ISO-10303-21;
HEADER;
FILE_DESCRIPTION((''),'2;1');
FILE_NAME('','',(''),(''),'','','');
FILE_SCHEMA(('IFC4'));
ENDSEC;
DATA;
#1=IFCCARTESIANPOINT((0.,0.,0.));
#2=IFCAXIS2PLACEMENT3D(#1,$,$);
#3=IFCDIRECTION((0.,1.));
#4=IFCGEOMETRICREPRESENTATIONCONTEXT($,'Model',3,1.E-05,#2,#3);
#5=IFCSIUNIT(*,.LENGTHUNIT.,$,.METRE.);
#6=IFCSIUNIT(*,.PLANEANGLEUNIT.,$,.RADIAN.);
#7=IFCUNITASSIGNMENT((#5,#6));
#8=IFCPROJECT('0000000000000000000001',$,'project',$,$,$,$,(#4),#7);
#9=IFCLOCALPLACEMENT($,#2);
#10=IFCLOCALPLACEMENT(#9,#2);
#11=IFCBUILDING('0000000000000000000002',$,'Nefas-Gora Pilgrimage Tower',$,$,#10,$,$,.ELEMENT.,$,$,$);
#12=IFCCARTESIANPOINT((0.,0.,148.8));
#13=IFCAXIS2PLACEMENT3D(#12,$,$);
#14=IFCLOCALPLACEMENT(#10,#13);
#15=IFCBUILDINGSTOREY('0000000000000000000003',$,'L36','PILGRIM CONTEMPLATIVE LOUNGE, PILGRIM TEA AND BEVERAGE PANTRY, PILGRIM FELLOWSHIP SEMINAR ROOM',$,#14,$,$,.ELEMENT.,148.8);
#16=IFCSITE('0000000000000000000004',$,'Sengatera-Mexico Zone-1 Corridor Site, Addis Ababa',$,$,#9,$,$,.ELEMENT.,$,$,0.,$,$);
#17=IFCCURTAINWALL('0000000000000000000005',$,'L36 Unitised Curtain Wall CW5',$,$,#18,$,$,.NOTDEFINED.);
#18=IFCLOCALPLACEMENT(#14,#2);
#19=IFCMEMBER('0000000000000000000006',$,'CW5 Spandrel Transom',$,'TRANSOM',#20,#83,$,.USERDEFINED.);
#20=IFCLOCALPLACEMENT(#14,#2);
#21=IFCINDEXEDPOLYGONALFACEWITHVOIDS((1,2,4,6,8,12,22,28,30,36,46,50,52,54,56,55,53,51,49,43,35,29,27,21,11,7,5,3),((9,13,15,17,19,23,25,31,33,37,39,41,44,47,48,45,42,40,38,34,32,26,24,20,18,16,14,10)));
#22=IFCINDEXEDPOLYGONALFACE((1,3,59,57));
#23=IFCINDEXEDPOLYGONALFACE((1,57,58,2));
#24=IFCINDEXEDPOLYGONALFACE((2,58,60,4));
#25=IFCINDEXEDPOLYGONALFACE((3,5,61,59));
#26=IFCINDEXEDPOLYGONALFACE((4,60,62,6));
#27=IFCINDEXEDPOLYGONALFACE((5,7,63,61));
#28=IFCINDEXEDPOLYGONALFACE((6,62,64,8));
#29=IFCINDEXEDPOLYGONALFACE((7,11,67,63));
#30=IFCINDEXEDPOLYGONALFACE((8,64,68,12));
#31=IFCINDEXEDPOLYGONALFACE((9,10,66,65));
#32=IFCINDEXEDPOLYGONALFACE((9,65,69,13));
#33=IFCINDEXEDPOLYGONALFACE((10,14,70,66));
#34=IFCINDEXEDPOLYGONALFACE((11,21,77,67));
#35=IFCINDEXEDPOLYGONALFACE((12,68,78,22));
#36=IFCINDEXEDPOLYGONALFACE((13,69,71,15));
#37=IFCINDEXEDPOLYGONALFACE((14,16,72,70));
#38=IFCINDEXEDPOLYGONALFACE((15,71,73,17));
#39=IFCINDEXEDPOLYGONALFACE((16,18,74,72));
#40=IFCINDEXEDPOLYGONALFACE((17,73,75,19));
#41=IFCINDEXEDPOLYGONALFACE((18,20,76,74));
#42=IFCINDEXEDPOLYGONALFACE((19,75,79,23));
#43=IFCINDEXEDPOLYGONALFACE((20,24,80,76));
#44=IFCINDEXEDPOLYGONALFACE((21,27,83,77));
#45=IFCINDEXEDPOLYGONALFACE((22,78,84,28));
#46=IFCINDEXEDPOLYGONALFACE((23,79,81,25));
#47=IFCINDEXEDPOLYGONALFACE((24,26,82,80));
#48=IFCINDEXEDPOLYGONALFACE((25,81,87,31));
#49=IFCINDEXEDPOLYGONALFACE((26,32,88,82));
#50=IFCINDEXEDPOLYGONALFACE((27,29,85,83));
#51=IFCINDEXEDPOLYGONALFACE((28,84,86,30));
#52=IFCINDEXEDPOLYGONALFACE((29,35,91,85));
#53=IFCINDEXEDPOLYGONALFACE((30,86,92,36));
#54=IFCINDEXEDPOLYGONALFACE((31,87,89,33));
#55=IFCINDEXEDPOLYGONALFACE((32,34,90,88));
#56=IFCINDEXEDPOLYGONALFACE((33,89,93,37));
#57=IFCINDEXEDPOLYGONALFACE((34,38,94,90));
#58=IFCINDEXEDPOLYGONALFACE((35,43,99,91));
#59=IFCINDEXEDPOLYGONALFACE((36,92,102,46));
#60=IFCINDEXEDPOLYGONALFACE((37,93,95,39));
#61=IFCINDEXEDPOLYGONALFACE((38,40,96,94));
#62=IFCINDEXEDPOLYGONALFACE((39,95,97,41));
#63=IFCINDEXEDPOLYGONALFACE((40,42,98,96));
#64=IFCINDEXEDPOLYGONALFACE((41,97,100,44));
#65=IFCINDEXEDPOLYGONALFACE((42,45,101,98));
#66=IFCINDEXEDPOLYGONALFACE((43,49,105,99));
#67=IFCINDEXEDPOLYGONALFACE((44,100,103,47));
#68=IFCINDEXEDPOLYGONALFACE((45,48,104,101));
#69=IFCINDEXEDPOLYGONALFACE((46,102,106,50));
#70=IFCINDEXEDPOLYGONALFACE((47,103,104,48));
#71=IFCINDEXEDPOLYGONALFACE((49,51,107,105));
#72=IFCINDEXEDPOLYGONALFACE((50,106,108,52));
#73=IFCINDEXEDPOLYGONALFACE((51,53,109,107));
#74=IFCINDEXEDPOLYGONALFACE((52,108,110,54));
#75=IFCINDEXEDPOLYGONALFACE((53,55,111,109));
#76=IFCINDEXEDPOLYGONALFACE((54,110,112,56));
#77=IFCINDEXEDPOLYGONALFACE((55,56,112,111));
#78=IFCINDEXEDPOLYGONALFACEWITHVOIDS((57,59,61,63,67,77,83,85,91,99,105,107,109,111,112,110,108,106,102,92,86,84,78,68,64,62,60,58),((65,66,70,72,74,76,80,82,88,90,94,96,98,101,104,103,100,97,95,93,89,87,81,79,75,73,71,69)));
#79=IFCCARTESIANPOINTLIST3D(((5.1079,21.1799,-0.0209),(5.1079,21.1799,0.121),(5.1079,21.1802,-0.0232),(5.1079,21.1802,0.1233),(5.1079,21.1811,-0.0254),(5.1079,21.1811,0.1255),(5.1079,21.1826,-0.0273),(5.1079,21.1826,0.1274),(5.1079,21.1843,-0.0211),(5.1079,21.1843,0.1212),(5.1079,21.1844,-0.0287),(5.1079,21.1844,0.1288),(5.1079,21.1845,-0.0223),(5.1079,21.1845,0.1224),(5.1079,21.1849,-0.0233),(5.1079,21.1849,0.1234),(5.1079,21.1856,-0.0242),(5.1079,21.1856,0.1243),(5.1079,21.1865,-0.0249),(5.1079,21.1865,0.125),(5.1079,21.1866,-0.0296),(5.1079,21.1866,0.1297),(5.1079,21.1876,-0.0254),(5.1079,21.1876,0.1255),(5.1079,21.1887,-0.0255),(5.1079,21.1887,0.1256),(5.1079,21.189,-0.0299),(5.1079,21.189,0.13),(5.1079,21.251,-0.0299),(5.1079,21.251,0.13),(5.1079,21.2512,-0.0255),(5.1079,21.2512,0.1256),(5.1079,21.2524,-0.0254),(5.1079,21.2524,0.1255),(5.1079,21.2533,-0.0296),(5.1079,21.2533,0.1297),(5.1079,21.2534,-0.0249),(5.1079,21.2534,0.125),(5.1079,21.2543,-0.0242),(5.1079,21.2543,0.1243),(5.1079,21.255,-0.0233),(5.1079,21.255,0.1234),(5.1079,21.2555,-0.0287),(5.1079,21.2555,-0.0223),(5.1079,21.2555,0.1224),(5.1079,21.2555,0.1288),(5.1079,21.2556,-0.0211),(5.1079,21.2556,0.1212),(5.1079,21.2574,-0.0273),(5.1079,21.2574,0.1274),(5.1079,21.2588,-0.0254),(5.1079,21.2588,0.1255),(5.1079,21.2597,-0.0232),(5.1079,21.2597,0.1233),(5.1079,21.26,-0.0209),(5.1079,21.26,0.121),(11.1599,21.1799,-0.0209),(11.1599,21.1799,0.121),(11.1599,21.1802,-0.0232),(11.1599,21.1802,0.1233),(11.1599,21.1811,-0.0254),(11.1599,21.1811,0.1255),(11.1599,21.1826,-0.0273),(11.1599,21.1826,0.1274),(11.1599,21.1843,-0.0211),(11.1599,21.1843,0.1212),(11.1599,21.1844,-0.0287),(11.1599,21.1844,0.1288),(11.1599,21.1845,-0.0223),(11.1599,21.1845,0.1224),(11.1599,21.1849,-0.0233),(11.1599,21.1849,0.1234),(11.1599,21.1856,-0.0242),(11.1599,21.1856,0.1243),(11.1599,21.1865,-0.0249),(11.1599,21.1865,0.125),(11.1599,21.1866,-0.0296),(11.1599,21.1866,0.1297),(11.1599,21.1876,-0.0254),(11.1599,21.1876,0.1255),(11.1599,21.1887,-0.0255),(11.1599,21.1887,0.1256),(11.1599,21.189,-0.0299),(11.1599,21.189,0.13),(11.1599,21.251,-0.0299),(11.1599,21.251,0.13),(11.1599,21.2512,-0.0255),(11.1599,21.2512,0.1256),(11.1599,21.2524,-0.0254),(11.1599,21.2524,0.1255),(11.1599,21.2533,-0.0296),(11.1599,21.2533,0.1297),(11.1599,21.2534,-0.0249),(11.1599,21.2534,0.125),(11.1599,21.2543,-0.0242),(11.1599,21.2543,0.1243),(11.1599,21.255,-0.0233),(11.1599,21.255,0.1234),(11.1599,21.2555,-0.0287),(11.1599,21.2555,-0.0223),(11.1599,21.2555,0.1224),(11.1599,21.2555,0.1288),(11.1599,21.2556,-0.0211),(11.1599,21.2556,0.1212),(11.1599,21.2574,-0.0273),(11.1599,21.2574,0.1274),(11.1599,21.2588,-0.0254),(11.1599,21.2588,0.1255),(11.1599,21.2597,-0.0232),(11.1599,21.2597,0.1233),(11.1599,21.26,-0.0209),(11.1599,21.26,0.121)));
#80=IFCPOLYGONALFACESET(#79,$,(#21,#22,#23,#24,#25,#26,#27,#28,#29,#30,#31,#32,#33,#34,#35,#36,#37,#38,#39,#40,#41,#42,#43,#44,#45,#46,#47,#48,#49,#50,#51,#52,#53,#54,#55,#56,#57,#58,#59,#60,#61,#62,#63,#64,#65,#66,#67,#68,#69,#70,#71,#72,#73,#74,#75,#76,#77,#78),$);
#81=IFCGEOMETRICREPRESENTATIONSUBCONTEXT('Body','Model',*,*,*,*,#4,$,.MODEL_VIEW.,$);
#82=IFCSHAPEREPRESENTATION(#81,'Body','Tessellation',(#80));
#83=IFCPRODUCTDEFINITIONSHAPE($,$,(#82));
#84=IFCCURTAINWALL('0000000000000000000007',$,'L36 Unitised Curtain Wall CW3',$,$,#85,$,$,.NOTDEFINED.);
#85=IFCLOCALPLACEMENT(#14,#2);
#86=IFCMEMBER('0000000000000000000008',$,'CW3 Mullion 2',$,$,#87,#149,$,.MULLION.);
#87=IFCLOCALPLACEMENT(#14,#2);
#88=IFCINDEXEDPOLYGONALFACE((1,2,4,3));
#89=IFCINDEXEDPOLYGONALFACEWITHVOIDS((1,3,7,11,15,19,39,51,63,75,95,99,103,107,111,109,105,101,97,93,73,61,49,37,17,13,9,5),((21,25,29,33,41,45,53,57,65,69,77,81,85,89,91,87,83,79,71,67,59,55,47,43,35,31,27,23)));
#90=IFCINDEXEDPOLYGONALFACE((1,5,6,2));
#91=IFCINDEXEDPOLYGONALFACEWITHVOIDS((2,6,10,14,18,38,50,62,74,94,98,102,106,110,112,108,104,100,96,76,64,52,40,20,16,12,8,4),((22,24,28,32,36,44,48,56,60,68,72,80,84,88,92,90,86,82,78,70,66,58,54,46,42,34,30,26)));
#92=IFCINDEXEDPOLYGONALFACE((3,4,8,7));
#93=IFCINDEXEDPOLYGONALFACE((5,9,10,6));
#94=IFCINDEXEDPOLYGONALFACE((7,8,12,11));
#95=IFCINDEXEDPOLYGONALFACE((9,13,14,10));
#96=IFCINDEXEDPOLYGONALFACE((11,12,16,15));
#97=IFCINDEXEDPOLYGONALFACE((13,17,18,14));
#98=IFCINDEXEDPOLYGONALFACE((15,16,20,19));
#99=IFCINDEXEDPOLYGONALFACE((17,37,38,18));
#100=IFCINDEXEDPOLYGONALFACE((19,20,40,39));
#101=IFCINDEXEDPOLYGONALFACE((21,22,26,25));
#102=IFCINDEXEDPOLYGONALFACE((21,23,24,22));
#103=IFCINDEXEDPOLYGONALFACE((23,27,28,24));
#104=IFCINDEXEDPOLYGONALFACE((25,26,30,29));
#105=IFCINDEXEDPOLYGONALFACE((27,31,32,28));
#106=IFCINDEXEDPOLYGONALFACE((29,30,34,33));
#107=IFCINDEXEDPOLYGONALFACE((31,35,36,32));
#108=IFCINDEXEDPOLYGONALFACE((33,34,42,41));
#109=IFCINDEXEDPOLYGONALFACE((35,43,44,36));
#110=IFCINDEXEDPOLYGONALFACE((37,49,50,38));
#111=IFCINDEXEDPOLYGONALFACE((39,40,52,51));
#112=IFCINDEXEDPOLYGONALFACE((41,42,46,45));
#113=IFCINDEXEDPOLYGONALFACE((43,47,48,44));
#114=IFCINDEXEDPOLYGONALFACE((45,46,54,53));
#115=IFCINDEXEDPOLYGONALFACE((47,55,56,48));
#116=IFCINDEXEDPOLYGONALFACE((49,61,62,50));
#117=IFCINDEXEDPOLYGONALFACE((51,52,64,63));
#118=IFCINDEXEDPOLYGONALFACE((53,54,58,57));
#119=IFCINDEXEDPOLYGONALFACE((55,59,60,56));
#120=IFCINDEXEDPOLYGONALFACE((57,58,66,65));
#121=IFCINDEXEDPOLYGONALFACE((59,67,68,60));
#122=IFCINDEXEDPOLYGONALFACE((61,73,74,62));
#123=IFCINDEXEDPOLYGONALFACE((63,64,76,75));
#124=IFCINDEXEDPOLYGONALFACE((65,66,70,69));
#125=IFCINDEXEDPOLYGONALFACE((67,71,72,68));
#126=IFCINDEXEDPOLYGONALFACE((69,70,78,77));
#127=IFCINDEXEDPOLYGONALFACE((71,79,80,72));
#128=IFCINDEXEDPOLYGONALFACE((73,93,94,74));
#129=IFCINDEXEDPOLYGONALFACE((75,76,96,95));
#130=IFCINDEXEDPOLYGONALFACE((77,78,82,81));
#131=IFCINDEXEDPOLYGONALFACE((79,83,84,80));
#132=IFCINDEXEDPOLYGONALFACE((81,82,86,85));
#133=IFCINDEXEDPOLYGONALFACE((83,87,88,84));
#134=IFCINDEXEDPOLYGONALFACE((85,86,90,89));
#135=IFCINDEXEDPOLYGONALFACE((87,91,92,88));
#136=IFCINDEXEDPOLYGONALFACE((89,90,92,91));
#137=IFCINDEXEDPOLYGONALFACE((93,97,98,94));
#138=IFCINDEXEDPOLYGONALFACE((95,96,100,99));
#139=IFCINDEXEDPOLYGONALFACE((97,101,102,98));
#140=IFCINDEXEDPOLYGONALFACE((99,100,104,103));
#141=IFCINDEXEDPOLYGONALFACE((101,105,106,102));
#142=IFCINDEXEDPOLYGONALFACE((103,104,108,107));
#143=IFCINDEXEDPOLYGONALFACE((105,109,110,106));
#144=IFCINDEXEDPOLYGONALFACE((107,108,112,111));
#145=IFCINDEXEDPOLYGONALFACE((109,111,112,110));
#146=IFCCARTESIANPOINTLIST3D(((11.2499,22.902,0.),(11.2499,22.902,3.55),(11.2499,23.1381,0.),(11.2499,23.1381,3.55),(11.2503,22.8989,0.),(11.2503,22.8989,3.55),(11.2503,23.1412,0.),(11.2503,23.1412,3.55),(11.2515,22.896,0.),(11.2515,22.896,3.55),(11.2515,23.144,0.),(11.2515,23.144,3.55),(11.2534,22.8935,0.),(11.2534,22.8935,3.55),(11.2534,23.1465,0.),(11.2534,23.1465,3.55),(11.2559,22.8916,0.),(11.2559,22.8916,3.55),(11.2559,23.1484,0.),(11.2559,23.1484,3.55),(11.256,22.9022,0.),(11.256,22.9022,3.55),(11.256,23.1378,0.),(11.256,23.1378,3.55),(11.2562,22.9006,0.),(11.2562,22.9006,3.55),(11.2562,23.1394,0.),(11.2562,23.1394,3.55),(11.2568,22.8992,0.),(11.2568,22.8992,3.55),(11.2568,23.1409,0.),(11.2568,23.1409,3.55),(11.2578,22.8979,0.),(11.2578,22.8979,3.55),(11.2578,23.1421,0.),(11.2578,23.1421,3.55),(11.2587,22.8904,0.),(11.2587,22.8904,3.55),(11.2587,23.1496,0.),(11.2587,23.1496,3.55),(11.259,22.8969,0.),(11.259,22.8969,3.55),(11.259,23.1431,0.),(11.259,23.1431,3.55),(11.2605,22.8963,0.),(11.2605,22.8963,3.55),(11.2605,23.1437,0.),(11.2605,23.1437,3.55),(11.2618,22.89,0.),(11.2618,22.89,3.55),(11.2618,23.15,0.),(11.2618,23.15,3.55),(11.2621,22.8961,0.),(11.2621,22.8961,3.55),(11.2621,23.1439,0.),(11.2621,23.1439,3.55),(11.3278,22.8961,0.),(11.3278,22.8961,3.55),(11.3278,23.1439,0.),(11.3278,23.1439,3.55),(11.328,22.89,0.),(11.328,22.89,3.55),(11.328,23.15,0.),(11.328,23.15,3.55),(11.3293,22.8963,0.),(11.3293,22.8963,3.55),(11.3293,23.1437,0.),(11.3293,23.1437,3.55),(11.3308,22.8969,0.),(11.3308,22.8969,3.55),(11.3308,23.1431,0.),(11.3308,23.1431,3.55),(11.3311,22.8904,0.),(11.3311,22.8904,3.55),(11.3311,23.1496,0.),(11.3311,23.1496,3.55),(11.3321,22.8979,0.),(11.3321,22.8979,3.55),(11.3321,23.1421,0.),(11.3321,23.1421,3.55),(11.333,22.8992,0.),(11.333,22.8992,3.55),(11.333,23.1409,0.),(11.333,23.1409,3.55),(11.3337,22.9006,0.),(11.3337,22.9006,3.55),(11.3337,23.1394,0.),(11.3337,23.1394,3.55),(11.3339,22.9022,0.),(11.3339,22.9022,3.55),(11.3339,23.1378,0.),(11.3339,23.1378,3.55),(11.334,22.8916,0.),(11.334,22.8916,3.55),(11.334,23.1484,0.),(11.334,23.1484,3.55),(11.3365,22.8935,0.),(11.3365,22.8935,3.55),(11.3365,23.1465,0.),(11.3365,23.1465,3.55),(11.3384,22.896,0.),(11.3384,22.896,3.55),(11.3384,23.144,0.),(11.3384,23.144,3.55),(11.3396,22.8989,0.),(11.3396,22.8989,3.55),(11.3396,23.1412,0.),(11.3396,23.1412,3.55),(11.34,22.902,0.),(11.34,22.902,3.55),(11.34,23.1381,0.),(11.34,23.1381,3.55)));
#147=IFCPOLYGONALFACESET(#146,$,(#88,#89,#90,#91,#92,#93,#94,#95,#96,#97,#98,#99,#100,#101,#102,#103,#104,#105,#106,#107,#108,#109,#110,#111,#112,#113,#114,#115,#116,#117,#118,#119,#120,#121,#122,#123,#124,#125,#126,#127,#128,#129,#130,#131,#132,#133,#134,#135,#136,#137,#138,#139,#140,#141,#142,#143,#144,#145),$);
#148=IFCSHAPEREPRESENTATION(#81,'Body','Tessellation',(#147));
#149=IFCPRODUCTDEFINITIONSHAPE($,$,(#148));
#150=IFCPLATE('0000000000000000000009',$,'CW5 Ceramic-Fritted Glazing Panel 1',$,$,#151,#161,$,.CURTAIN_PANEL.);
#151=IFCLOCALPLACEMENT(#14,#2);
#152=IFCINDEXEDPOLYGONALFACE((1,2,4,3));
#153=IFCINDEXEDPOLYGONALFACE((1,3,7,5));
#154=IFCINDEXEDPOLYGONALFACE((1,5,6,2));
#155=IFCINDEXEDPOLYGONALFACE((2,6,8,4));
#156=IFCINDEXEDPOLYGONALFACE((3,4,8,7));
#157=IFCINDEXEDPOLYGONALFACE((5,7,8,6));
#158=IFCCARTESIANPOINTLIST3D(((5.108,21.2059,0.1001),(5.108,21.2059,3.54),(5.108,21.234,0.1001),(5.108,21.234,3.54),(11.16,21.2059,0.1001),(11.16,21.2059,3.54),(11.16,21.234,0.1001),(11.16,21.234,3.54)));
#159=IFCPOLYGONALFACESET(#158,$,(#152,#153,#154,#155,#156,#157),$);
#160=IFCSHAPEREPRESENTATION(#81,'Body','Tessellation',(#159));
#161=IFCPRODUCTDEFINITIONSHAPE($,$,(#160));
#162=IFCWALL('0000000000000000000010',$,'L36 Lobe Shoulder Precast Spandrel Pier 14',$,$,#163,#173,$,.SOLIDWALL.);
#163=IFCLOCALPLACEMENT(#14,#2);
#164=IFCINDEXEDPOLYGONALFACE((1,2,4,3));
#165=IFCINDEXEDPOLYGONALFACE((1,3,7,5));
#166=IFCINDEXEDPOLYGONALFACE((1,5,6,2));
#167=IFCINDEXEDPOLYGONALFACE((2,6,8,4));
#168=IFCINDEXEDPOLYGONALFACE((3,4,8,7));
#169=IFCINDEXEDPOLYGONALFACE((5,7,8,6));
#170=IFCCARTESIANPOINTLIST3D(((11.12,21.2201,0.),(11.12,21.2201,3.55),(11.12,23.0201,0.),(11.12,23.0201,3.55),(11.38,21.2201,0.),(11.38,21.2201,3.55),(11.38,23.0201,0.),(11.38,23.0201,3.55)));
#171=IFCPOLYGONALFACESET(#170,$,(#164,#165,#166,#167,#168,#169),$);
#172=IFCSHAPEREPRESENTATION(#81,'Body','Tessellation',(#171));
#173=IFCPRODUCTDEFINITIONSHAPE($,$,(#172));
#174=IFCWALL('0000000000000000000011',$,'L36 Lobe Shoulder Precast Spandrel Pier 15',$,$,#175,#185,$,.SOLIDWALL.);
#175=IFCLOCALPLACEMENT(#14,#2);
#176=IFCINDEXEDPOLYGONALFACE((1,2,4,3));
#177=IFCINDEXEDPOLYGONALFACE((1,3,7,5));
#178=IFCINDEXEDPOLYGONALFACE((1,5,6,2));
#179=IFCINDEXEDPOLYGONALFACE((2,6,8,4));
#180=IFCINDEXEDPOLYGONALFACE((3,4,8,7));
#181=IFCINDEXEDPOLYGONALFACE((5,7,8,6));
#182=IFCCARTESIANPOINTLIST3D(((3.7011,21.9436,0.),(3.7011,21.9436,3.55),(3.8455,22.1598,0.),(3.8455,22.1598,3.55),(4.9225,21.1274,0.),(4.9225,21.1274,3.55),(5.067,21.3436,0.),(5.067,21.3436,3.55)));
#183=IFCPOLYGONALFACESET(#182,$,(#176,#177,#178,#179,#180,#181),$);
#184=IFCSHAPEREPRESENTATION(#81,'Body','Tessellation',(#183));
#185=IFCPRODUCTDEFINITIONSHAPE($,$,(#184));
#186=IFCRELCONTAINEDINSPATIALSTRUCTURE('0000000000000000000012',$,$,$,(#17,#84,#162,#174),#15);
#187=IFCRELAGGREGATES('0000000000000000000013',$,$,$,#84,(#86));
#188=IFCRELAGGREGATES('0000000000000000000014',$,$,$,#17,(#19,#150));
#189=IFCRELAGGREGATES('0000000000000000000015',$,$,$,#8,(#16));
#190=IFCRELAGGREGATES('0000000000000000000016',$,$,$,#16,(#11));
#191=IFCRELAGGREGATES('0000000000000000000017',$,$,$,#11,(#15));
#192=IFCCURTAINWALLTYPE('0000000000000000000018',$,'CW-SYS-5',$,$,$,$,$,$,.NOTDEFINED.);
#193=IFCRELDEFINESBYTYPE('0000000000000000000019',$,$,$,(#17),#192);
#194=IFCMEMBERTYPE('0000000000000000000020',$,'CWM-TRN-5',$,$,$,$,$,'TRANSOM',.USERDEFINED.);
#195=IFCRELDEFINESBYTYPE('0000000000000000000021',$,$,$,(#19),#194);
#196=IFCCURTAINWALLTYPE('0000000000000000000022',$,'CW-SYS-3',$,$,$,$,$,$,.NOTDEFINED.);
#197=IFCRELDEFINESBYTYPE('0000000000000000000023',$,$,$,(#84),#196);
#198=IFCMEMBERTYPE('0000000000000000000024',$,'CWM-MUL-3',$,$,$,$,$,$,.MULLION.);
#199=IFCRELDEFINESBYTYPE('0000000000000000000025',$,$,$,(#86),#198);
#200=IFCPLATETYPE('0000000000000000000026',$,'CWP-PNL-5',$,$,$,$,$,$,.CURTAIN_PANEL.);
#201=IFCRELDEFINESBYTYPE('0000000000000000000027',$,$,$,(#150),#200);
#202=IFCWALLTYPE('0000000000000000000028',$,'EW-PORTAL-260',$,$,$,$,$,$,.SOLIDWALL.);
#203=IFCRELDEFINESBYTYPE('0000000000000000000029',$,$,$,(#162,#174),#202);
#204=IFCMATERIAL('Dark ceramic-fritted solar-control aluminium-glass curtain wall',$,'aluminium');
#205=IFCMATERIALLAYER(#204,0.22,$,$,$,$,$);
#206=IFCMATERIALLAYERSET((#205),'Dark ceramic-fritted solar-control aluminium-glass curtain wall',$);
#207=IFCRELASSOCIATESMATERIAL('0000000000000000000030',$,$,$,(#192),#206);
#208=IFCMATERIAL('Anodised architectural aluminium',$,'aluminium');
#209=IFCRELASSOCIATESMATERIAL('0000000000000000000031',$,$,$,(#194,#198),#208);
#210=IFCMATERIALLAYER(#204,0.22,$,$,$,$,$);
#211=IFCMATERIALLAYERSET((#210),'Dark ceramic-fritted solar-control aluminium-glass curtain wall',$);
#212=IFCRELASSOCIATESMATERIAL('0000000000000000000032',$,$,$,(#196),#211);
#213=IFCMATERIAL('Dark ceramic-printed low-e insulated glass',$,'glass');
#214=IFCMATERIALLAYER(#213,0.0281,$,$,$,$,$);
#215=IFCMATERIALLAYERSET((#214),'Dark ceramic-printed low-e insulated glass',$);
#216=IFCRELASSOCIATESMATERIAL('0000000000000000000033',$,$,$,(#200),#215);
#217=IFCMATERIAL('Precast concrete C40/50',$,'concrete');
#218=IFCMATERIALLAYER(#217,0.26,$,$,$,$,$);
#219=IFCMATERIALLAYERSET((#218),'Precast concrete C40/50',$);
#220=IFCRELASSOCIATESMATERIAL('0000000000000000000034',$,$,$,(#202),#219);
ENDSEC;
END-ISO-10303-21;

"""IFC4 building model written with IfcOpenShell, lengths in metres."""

from ifc_helpers import new_model, si_unit, direction, frame, frame_2d, origin, origin_2d, place, context, subcontext, project, spatial, rectangle, hollow_rectangle, extrude, source, transform, mapped, material, layer, layer_set, material_profile, profile_set, type_object, element, aggregate, save


model = new_model("IFC4")

# Units and contexts
model_context = context("Model", 3, precision=1e-05, world=origin(), true_north=direction((0.0, 1.0)))
body_context = subcontext(model_context, "Body", "Model", "MODEL_VIEW")
ifc_project = project(units=[si_unit("LENGTHUNIT", "METRE"), si_unit("PLANEANGLEUNIT", "RADIAN")], contexts=[model_context])

# Site, building, storey
site_placement = place(None, origin())
site = spatial("IfcSite", under=ifc_project, at=site_placement, Name="Sengatera-Mexico Zone-1 Corridor Site, Addis Ababa", CompositionType="ELEMENT", RefElevation=0.0)
building_placement = place(site_placement, origin())
building = spatial("IfcBuilding", under=site, at=building_placement, Name="Nefas-Gora Pilgrimage Tower", CompositionType="ELEMENT")
storey_placement = place(building_placement, frame((0.0, 0.0, 148.8)))
storey = spatial("IfcBuildingStorey", under=building, at=storey_placement, Name="L36", Description="PILGRIM CONTEMPLATIVE LOUNGE, PILGRIM TEA AND BEVERAGE PANTRY, PILGRIM FELLOWSHIP SEMINAR ROOM", CompositionType="ELEMENT", Elevation=148.8)

# Curtain wall, member
ifc_material_1 = material(Name="Dark ceramic-fritted solar-control aluminium-glass curtain wall", Category="aluminium")
ifc_layer_1 = layer(ifc_material_1, 0.22)
ifc_layer_set_1 = layer_set([ifc_layer_1], Name="Dark ceramic-fritted solar-control aluminium-glass curtain wall")
curtain_wall_type_1 = type_object("IfcCurtainWallType", Name="CW-SYS-5", PredefinedType="NOTDEFINED", material=ifc_layer_set_1)
curtain_wall_1_placement = place(storey_placement, origin())
curtain_wall_1 = element("IfcCurtainWall", 1, at=curtain_wall_1_placement, inside=storey, type_object=curtain_wall_type_1, Name="L36 Unitised Curtain Wall CW5", PredefinedType="NOTDEFINED")
ifc_material_2 = material(Name="Anodised architectural aluminium", Category="aluminium")
ifc_material_profile_1 = material_profile(ifc_material_2, hollow_rectangle(XDim=0.0801, YDim=0.1599, WallThickness=0.0044, InnerFilletRadius=0.0044, OuterFilletRadius=0.009, at=origin_2d()), Name="ALU TRANSOM 80x160")
ifc_profile_set_1 = profile_set([ifc_material_profile_1], Name="Anodised architectural aluminium")
member_type_1 = type_object("IfcMemberType", Name="CWM-TRN-5", ElementType="TRANSOM", PredefinedType="USERDEFINED", material=ifc_profile_set_1)
shared_shape_1 = source(origin(), body_context, "Body", "SweptSolid", [
    extrude(hollow_rectangle(XDim=0.0801, YDim=0.1599, WallThickness=0.0044, InnerFilletRadius=0.0044, OuterFilletRadius=0.009, at=origin_2d()), origin(), (0.0, 0.0, 1.0), 6.052),
])
member_1_placement = place(storey_placement, frame((11.1599, 21.22, 0.05), z_axis=(-1.0, 0.0, 0.0), x_axis=(0.0, -1.0, 0.0)))
member_1 = element("IfcMember", 2, at=member_1_placement, type_object=member_type_1, Name="CW5 Spandrel Transom", ObjectType="TRANSOM", PredefinedType="USERDEFINED", context=body_context, shape_type="MappedRepresentation", body=[
    mapped(shared_shape_1, transform((0.0, 0.0, 0.0), x_axis=(1.0, 0.0, 0.0), y_axis=(0.0, 1.0, 0.0), z_axis=(0.0, 0.0, 1.0), scale=1.0)),
])

# Curtain wall, member
ifc_layer_2 = layer(ifc_material_1, 0.22)
ifc_layer_set_2 = layer_set([ifc_layer_2], Name="Dark ceramic-fritted solar-control aluminium-glass curtain wall")
curtain_wall_type_2 = type_object("IfcCurtainWallType", Name="CW-SYS-3", PredefinedType="NOTDEFINED", material=ifc_layer_set_2)
curtain_wall_2_placement = place(storey_placement, origin())
curtain_wall_2 = element("IfcCurtainWall", 3, at=curtain_wall_2_placement, inside=storey, type_object=curtain_wall_type_2, Name="L36 Unitised Curtain Wall CW3", PredefinedType="NOTDEFINED")
ifc_material_profile_2 = material_profile(ifc_material_2, hollow_rectangle(XDim=0.0901, YDim=0.26, WallThickness=0.0061, InnerFilletRadius=0.0061, OuterFilletRadius=0.012, at=origin_2d()), Name="ALU MULLION 90x260")
ifc_profile_set_2 = profile_set([ifc_material_profile_2], Name="Anodised architectural aluminium")
member_type_2 = type_object("IfcMemberType", Name="CWM-MUL-3", PredefinedType="MULLION", material=ifc_profile_set_2)
shared_shape_2 = source(origin(), body_context, "Body", "SweptSolid", [
    extrude(hollow_rectangle(XDim=0.0901, YDim=0.26, WallThickness=0.0061, InnerFilletRadius=0.0061, OuterFilletRadius=0.012, at=origin_2d()), origin(), (0.0, 0.0, 1.0), 3.55),
])
member_2_placement = place(storey_placement, frame((11.2949, 23.02, 0.0), z_axis=(0.0, 0.0, 1.0), x_axis=(-1.0, 0.0, 0.0)))
member_2 = element("IfcMember", 4, at=member_2_placement, type_object=member_type_2, Name="CW3 Mullion 2", PredefinedType="MULLION", context=body_context, shape_type="MappedRepresentation", body=[
    mapped(shared_shape_2, transform((0.0, 0.0, 0.0), x_axis=(1.0, 0.0, 0.0), y_axis=(0.0, 1.0, 0.0), z_axis=(0.0, 0.0, 1.0), scale=1.0)),
])
aggregate(curtain_wall_2, [member_2])

# Plate
ifc_material_3 = material(Name="Dark ceramic-printed low-e insulated glass", Category="glass")
ifc_layer_3 = layer(ifc_material_3, 0.0281)
ifc_layer_set_3 = layer_set([ifc_layer_3], Name="Dark ceramic-printed low-e insulated glass")
plate_type = type_object("IfcPlateType", Name="CWP-PNL-5", PredefinedType="CURTAIN_PANEL", material=ifc_layer_set_3)
shared_shape_3 = source(origin(), body_context, "Body", "SweptSolid", [
    extrude(rectangle(XDim=6.052, YDim=0.0281, at=origin_2d()), origin(), (0.0, 0.0, 1.0), 3.4399),
])
plate_placement = place(storey_placement, frame((8.134, 21.22, 0.1001), z_axis=(0.0, 0.0, 1.0), x_axis=(-1.0, 0.0, 0.0)))
plate = element("IfcPlate", 5, at=plate_placement, type_object=plate_type, Name="CW5 Ceramic-Fritted Glazing Panel 1", PredefinedType="CURTAIN_PANEL", context=body_context, shape_type="MappedRepresentation", body=[
    mapped(shared_shape_3, transform((0.0, 0.0, 0.0), x_axis=(1.0, 0.0, 0.0), y_axis=(0.0, 1.0, 0.0), z_axis=(0.0, 0.0, 1.0), scale=1.0)),
])
aggregate(curtain_wall_1, [member_1, plate])

# Walls
ifc_material_4 = material(Name="Precast concrete C40/50", Category="concrete")
ifc_layer_4 = layer(ifc_material_4, 0.26)
ifc_layer_set_4 = layer_set([ifc_layer_4], Name="Precast concrete C40/50")
wall_type = type_object("IfcWallType", Name="EW-PORTAL-260", PredefinedType="SOLIDWALL", material=ifc_layer_set_4)
shared_shape_4 = source(origin(), body_context, "Body", "SweptSolid", [
    extrude(rectangle(XDim=1.8, YDim=0.26, at=frame_2d((0.8999, 0.0))), origin(), (0.0, 0.0, 1.0), 3.55),
])
wall_1_placement = place(storey_placement, frame((11.25, 23.02, 0.0), z_axis=(0.0, 0.0, 1.0), x_axis=(0.0, -1.0, 0.0)))
element("IfcWall", 6, at=wall_1_placement, inside=storey, type_object=wall_type, Name="L36 Lobe Shoulder Precast Spandrel Pier 14", PredefinedType="SOLIDWALL", context=body_context, shape_type="MappedRepresentation", body=[
    mapped(shared_shape_4, transform((0.0, 0.0, 0.0), x_axis=(1.0, 0.0, 0.0), y_axis=(0.0, 1.0, 0.0), z_axis=(0.0, 0.0, 1.0), scale=1.0)),
])
shared_shape_5 = source(origin(), body_context, "Body", "SweptSolid", [
    extrude(rectangle(XDim=1.469, YDim=0.26, at=frame_2d((0.7344, 0.0))), origin(), (0.0, 0.0, 1.0), 3.55),
])
wall_2_placement = place(storey_placement, frame((4.9946, 21.2356, 0.0), z_axis=(0.0, 0.0, 1.0), x_axis=(-0.831462, 0.555582, 0.0)))
element("IfcWall", 7, at=wall_2_placement, inside=storey, type_object=wall_type, Name="L36 Lobe Shoulder Precast Spandrel Pier 15", PredefinedType="SOLIDWALL", context=body_context, shape_type="MappedRepresentation", body=[
    mapped(shared_shape_5, transform((0.0, 0.0, 0.0), x_axis=(1.0, 0.0, 0.0), y_axis=(0.0, 1.0, 0.0), z_axis=(0.0, 0.0, 1.0), scale=1.0)),
])

save(model, "model.ifc")
